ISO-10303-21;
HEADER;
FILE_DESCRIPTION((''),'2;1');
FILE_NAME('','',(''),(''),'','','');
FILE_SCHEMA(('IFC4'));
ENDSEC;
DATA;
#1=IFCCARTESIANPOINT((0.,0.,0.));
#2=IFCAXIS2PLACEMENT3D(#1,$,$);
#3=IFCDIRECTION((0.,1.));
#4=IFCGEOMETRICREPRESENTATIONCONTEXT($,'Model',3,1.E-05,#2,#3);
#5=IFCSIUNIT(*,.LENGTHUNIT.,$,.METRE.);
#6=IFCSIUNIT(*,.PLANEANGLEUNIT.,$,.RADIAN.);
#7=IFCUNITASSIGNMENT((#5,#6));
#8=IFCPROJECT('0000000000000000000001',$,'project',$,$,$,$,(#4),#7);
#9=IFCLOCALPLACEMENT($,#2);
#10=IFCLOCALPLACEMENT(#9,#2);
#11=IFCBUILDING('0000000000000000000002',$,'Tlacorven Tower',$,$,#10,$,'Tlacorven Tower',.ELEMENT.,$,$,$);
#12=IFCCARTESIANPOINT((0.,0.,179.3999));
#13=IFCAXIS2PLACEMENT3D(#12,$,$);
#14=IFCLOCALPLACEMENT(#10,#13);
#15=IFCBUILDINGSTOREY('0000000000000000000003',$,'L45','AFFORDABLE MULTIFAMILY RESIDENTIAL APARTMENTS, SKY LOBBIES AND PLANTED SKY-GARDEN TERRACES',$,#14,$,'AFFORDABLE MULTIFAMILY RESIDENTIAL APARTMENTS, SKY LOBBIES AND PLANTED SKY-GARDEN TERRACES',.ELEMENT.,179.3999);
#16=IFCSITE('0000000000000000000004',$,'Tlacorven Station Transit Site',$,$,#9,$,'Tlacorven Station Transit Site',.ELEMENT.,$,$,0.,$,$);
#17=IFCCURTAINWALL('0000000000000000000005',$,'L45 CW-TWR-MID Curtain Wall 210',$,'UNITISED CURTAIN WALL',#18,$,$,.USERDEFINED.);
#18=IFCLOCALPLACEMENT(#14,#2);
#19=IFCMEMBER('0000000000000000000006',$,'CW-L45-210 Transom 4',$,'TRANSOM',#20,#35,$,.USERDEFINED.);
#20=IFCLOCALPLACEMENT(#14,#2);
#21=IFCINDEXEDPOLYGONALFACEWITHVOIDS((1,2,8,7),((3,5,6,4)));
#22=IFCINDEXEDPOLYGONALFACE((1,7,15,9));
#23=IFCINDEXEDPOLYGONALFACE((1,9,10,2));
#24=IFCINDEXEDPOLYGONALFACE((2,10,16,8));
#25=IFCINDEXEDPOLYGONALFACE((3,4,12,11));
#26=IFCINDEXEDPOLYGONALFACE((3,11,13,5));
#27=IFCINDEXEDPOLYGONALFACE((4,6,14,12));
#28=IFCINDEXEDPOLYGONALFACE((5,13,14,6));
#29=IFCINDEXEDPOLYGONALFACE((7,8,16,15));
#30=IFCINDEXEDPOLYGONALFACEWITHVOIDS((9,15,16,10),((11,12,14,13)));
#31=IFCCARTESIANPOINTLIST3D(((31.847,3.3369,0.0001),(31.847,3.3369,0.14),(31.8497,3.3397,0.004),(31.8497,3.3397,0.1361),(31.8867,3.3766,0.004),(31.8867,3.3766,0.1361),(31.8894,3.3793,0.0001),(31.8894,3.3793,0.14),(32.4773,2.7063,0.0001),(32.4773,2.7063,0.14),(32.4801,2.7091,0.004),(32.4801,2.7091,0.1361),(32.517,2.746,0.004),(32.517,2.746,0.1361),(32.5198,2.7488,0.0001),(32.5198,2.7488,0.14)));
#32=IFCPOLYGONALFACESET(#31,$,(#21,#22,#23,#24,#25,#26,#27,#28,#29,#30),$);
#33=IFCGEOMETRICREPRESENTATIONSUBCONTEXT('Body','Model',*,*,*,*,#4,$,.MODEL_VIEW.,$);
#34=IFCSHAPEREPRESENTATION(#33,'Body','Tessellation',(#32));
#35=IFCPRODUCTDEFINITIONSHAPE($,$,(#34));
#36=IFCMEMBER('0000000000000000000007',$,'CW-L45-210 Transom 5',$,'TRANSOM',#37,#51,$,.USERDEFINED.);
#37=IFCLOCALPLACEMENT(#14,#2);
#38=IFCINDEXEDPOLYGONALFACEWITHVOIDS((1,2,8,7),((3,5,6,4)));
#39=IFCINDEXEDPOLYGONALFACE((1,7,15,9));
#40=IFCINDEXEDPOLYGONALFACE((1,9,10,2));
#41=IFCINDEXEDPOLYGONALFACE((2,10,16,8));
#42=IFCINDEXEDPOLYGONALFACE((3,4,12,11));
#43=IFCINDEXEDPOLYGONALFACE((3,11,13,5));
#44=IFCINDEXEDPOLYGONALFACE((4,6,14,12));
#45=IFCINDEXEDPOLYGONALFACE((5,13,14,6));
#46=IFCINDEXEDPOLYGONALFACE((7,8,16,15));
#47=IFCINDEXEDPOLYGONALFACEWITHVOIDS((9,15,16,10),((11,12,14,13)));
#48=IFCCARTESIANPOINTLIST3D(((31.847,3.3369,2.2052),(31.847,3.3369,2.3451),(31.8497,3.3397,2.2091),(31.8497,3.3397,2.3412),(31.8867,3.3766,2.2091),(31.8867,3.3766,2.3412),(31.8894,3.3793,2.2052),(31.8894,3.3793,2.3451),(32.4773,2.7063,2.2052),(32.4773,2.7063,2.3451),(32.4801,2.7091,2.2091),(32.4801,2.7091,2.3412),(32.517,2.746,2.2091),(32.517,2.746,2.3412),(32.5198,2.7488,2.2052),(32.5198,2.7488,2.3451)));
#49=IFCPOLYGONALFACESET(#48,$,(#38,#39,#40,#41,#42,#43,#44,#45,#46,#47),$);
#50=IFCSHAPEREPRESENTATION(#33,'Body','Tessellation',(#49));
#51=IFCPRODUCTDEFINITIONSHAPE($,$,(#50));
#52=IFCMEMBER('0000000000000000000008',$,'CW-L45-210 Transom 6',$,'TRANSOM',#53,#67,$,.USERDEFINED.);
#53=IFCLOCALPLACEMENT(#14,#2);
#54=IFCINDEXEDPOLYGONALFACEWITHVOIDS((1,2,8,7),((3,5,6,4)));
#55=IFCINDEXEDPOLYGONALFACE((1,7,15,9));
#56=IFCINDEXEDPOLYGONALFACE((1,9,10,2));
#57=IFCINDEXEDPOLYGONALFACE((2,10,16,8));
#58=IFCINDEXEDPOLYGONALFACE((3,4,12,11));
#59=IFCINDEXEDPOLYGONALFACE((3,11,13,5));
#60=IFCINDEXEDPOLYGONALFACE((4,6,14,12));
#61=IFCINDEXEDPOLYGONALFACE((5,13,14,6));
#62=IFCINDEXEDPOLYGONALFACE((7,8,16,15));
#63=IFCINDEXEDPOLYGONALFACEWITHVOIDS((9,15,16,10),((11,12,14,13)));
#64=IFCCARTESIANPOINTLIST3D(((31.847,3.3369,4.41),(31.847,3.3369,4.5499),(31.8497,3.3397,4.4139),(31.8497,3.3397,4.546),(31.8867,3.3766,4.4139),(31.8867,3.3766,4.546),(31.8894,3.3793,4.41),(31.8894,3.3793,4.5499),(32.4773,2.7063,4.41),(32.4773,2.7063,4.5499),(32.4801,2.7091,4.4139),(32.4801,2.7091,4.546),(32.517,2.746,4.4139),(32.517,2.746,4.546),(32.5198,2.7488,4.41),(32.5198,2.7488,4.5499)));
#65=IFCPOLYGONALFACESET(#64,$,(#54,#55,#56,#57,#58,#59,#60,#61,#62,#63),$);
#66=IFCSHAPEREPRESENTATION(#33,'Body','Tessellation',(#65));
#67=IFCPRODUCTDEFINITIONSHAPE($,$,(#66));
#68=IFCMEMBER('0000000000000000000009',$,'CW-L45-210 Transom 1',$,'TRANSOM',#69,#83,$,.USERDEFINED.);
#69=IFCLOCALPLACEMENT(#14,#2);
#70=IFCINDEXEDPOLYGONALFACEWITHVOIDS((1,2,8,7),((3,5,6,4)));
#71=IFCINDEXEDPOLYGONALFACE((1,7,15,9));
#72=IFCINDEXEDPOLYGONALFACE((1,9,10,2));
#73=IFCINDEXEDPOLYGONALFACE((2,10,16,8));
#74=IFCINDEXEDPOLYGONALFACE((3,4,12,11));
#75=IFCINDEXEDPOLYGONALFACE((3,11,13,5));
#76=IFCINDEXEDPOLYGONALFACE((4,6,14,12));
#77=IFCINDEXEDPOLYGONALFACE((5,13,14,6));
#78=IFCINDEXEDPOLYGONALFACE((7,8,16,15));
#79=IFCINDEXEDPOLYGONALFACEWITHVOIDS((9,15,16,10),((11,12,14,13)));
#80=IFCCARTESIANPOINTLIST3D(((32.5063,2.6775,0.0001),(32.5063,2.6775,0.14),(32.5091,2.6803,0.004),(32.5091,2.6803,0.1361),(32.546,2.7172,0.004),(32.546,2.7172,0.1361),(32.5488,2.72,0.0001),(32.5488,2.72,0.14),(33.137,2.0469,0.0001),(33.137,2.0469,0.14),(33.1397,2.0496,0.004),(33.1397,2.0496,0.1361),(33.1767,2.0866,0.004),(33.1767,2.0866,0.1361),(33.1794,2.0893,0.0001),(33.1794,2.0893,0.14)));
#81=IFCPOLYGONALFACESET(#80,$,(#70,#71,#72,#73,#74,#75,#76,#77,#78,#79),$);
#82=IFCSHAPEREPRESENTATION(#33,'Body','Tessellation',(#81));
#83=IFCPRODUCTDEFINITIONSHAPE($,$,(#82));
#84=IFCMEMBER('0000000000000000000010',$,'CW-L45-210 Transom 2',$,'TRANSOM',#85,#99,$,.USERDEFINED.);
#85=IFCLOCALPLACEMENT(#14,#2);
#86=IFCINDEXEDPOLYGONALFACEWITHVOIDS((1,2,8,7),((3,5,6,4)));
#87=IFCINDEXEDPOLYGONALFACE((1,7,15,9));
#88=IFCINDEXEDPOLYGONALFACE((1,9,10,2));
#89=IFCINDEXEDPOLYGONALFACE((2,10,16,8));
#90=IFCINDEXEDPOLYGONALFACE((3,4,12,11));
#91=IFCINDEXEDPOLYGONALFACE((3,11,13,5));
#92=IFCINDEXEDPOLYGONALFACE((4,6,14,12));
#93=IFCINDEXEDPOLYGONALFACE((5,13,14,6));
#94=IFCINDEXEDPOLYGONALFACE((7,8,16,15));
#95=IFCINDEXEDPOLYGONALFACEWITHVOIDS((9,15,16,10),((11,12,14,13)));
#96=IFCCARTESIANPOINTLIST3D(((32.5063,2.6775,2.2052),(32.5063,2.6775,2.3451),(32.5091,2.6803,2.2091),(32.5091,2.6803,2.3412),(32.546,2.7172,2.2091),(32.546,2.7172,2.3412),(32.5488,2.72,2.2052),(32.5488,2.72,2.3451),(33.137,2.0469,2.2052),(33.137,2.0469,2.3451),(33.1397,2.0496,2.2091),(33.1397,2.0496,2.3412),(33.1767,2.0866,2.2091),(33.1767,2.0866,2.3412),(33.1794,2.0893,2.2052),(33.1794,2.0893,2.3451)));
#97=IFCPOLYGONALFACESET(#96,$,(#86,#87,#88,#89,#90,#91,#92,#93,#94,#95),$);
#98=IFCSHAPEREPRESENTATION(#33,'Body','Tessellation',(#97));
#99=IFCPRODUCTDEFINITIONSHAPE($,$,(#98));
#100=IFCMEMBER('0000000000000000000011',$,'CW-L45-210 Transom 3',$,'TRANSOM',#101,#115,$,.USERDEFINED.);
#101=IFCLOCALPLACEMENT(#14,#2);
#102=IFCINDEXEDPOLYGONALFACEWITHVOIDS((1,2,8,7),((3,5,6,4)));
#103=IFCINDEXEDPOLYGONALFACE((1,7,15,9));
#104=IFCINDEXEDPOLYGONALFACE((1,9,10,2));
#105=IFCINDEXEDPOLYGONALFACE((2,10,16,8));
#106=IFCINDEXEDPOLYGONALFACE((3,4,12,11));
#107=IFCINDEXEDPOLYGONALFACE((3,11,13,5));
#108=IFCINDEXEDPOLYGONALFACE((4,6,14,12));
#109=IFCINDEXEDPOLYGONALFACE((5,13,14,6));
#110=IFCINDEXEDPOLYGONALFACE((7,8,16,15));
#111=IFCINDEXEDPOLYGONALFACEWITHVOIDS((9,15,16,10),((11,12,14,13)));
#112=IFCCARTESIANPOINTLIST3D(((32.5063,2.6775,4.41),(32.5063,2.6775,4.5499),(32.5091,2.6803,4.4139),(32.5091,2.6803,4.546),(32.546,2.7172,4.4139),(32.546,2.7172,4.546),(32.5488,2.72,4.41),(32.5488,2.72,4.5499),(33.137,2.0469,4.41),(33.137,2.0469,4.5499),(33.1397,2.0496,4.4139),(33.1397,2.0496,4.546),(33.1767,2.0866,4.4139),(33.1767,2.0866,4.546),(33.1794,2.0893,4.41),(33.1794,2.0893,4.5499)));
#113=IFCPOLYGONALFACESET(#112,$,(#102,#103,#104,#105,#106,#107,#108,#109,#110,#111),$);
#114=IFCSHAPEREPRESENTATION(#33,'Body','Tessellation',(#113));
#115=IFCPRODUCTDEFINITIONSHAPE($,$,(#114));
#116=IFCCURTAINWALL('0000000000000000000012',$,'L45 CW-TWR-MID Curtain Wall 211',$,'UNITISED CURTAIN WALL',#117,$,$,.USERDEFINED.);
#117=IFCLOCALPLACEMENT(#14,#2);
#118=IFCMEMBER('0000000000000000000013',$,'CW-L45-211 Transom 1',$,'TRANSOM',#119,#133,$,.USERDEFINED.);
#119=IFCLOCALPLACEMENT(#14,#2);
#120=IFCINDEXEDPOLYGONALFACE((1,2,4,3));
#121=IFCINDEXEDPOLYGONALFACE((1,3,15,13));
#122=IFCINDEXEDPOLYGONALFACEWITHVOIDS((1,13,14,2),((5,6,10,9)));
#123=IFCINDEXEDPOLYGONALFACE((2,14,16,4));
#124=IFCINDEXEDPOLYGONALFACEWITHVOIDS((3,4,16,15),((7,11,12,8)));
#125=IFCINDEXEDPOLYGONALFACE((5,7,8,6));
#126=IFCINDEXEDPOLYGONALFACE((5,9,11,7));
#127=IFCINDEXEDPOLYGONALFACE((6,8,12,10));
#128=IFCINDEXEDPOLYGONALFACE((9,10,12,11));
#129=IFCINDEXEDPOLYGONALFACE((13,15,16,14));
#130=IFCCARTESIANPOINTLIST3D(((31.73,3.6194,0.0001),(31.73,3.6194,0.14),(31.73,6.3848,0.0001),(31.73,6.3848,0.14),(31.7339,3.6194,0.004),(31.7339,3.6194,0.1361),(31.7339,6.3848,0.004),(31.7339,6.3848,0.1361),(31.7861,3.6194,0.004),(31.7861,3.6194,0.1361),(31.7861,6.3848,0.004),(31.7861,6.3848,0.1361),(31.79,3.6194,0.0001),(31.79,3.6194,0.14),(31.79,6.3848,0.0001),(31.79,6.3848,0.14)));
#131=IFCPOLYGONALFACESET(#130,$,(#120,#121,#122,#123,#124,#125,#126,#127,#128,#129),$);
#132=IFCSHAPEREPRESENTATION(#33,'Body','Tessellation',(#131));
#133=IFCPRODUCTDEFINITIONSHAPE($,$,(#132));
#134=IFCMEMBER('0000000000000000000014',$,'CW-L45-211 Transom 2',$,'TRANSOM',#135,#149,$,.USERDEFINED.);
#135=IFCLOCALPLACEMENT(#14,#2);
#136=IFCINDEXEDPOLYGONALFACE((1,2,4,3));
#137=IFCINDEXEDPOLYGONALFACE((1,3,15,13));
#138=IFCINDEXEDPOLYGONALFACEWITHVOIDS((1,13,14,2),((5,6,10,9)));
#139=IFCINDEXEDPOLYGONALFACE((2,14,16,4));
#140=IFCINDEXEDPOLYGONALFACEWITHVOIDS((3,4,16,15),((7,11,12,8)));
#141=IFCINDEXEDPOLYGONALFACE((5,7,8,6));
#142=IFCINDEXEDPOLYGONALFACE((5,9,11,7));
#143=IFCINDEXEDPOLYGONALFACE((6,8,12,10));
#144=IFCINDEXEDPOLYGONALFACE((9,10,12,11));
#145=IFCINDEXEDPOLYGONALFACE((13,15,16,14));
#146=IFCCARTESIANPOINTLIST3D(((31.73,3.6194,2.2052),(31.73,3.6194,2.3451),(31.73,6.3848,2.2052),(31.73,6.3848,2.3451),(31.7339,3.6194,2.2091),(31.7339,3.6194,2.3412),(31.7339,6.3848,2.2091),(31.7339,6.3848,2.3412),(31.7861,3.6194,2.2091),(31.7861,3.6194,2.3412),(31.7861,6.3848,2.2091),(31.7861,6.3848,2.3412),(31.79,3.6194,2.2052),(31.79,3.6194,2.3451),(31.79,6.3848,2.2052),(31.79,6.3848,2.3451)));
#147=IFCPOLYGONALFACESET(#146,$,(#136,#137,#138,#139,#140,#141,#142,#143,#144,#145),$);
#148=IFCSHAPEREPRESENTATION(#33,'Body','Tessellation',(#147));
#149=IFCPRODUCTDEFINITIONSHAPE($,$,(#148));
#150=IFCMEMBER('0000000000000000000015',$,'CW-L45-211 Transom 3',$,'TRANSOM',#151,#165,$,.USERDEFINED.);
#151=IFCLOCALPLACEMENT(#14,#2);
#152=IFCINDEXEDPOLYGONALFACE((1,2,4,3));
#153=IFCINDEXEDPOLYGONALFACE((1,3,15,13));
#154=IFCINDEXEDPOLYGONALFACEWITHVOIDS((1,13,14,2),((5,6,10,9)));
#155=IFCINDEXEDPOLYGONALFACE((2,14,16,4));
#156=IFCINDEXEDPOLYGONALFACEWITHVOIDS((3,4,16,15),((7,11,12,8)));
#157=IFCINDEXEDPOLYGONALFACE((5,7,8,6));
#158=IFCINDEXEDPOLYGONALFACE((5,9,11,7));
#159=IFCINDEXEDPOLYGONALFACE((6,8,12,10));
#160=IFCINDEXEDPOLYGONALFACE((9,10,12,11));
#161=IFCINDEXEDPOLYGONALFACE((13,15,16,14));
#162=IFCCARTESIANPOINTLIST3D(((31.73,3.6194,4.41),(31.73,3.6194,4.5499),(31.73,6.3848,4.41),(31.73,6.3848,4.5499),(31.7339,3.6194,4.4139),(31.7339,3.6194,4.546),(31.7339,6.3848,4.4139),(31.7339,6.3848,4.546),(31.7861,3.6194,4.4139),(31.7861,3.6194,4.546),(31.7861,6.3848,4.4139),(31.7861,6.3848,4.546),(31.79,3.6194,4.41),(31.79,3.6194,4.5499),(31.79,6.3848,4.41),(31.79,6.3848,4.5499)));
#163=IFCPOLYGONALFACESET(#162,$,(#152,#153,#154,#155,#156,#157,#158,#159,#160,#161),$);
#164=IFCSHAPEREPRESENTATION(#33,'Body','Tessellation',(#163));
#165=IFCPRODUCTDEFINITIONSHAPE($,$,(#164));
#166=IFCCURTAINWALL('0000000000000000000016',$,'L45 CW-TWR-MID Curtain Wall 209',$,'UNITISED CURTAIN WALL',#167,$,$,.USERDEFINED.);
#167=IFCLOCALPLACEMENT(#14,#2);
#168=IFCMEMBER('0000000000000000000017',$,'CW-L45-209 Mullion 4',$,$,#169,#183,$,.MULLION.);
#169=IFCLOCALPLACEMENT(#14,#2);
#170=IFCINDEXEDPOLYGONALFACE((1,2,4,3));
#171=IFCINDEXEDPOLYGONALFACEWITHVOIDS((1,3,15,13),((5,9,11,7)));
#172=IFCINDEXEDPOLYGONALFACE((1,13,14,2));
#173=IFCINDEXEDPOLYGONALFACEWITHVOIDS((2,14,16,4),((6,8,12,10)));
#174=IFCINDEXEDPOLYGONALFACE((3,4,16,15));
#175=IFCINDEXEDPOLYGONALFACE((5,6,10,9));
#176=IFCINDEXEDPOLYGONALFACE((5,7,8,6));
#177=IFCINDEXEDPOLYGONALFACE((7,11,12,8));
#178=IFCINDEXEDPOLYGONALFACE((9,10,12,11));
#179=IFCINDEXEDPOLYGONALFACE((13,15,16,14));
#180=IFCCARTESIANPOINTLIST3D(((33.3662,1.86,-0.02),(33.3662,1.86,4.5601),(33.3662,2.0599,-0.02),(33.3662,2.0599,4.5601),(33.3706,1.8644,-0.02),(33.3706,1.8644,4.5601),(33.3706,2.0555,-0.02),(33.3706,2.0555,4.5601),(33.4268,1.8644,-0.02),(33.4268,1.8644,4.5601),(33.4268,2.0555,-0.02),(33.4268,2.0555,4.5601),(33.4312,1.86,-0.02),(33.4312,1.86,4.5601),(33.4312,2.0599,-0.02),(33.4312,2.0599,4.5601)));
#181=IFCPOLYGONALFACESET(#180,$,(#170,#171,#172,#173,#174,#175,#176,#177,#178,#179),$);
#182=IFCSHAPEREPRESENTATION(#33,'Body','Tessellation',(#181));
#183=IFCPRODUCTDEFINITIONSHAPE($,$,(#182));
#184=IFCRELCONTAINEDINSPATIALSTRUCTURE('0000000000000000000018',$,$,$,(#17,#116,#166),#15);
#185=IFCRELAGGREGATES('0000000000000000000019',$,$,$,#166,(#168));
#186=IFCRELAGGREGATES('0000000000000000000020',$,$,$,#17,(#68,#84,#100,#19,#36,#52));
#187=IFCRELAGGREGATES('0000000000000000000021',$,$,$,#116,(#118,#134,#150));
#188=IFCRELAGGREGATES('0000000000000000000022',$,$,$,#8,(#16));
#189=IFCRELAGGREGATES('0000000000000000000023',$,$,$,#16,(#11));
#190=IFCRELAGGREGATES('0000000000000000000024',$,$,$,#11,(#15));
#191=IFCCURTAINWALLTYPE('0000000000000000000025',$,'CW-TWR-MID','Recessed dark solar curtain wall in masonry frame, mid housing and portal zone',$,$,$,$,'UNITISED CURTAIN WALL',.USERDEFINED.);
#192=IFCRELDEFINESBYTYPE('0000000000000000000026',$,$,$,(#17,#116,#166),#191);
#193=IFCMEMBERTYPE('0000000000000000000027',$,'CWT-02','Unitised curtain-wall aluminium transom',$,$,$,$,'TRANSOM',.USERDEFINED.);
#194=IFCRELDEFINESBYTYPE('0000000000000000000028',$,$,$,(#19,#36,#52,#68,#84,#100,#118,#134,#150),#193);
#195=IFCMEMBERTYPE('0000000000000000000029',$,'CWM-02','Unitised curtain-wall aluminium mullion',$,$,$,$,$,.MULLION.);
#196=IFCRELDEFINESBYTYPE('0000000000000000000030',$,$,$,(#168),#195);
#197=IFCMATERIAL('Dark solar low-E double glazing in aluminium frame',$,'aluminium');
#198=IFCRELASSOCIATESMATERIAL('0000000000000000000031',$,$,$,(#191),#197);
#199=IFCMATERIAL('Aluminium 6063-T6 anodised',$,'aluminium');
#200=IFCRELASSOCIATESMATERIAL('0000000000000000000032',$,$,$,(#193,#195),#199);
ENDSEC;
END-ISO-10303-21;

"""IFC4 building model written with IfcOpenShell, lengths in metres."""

from ifc_helpers import new_model, si_unit, direction, frame, origin, origin_2d, place, context, subcontext, project, spatial, hollow_rectangle, extrude, source, transform, mapped, material, material_profile, profile_set, type_object, element, aggregate, save


model = new_model("IFC4")

# Units and contexts
model_context = context("Model", 3, precision=1e-05, world=origin(), true_north=direction((0.0, 1.0)))
body_context = subcontext(model_context, "Body", "Model", "MODEL_VIEW")
ifc_project = project(units=[si_unit("LENGTHUNIT", "METRE"), si_unit("PLANEANGLEUNIT", "RADIAN")], contexts=[model_context])

# Site, building, storey
site_placement = place(None, origin())
site = spatial("IfcSite", under=ifc_project, at=site_placement, Name="Tlacorven Station Transit Site", LongName="Tlacorven Station Transit Site", CompositionType="ELEMENT", RefElevation=0.0)
building_placement = place(site_placement, origin())
building = spatial("IfcBuilding", under=site, at=building_placement, Name="Tlacorven Tower", LongName="Tlacorven Tower", CompositionType="ELEMENT")
storey_placement = place(building_placement, frame((0.0, 0.0, 179.3999)))
storey = spatial("IfcBuildingStorey", under=building, at=storey_placement, Name="L45", Description="AFFORDABLE MULTIFAMILY RESIDENTIAL APARTMENTS, SKY LOBBIES AND PLANTED SKY-GARDEN TERRACES", LongName="AFFORDABLE MULTIFAMILY RESIDENTIAL APARTMENTS, SKY LOBBIES AND PLANTED SKY-GARDEN TERRACES", CompositionType="ELEMENT", Elevation=179.3999)

# Curtain walls, members
ifc_material_1 = material(Name="Dark solar low-E double glazing in aluminium frame", Category="aluminium")
curtain_wall_type = type_object("IfcCurtainWallType", Name="CW-TWR-MID", Description="Recessed dark solar curtain wall in masonry frame, mid housing and portal zone", ElementType="UNITISED CURTAIN WALL", PredefinedType="USERDEFINED", material=ifc_material_1)
curtain_wall_1_placement = place(storey_placement, origin())
curtain_wall_1 = element("IfcCurtainWall", 1, at=curtain_wall_1_placement, inside=storey, type_object=curtain_wall_type, Name="L45 CW-TWR-MID Curtain Wall 210", ObjectType="UNITISED CURTAIN WALL", PredefinedType="USERDEFINED")
ifc_material_2 = material(Name="Aluminium 6063-T6 anodised", Category="aluminium")
ifc_material_profile_1 = material_profile(ifc_material_2, hollow_rectangle(XDim=0.0601, YDim=0.1399, WallThickness=0.0039, at=origin_2d()), Name="ALU TRANSOM 60X140")
ifc_profile_set_1 = profile_set([ifc_material_profile_1], Name="Aluminium 6063-T6 anodised")
member_type_1 = type_object("IfcMemberType", Name="CWT-02", Description="Unitised curtain-wall aluminium transom", ElementType="TRANSOM", PredefinedType="USERDEFINED", material=ifc_profile_set_1)
shared_shape_1 = source(origin(), body_context, "Body", "SweptSolid", [
    extrude(hollow_rectangle(XDim=0.0601, YDim=0.1399, WallThickness=0.0039, at=origin_2d()), origin(), (0.0, 0.0, 1.0), 0.8916),
])
member_1_placement = place(storey_placement, frame((32.4985, 2.7275, 0.0701), z_axis=(-0.70697, 0.707244, 0.0), x_axis=(-0.707244, -0.70697, 0.0)))
member_1 = element("IfcMember", 2, at=member_1_placement, type_object=member_type_1, Name="CW-L45-210 Transom 4", ObjectType="TRANSOM", PredefinedType="USERDEFINED", context=body_context, shape_type="MappedRepresentation", body=[
    mapped(shared_shape_1, transform((0.0, 0.0, 0.0), scale=1.0)),
])
member_2_placement = place(storey_placement, frame((32.4985, 2.7275, 2.2751), z_axis=(-0.70697, 0.707244, 0.0), x_axis=(-0.707244, -0.70697, 0.0)))
member_2 = element("IfcMember", 3, at=member_2_placement, type_object=member_type_1, Name="CW-L45-210 Transom 5", ObjectType="TRANSOM", PredefinedType="USERDEFINED", context=body_context, shape_type="MappedRepresentation", body=[
    mapped(shared_shape_1, transform((0.0, 0.0, 0.0), scale=1.0)),
])
member_3_placement = place(storey_placement, frame((32.4985, 2.7275, 4.48), z_axis=(-0.70697, 0.707244, 0.0), x_axis=(-0.707244, -0.70697, 0.0)))
member_3 = element("IfcMember", 4, at=member_3_placement, type_object=member_type_1, Name="CW-L45-210 Transom 6", ObjectType="TRANSOM", PredefinedType="USERDEFINED", context=body_context, shape_type="MappedRepresentation", body=[
    mapped(shared_shape_1, transform((0.0, 0.0, 0.0), scale=1.0)),
])
shared_shape_2 = source(origin(), body_context, "Body", "SweptSolid", [
    extrude(hollow_rectangle(XDim=0.0601, YDim=0.1399, WallThickness=0.0039, at=origin_2d()), origin(), (0.0, 0.0, 1.0), 0.8918),
])
member_4_placement = place(storey_placement, frame((33.1582, 2.0681, 0.0701), z_axis=(-0.707107, 0.707107, 0.0), x_axis=(-0.707107, -0.707107, 0.0)))
member_4 = element("IfcMember", 5, at=member_4_placement, type_object=member_type_1, Name="CW-L45-210 Transom 1", ObjectType="TRANSOM", PredefinedType="USERDEFINED", context=body_context, shape_type="MappedRepresentation", body=[
    mapped(shared_shape_2, transform((0.0, 0.0, 0.0), scale=1.0)),
])
member_5_placement = place(storey_placement, frame((33.1582, 2.0681, 2.2751), z_axis=(-0.707107, 0.707107, 0.0), x_axis=(-0.707107, -0.707107, 0.0)))
member_5 = element("IfcMember", 6, at=member_5_placement, type_object=member_type_1, Name="CW-L45-210 Transom 2", ObjectType="TRANSOM", PredefinedType="USERDEFINED", context=body_context, shape_type="MappedRepresentation", body=[
    mapped(shared_shape_2, transform((0.0, 0.0, 0.0), scale=1.0)),
])
member_6_placement = place(storey_placement, frame((33.1582, 2.0681, 4.48), z_axis=(-0.707107, 0.707107, 0.0), x_axis=(-0.707107, -0.707107, 0.0)))
member_6 = element("IfcMember", 7, at=member_6_placement, type_object=member_type_1, Name="CW-L45-210 Transom 3", ObjectType="TRANSOM", PredefinedType="USERDEFINED", context=body_context, shape_type="MappedRepresentation", body=[
    mapped(shared_shape_2, transform((0.0, 0.0, 0.0), scale=1.0)),
])
curtain_wall_2_placement = place(storey_placement, origin())
curtain_wall_2 = element("IfcCurtainWall", 8, at=curtain_wall_2_placement, inside=storey, type_object=curtain_wall_type, Name="L45 CW-TWR-MID Curtain Wall 211", ObjectType="UNITISED CURTAIN WALL", PredefinedType="USERDEFINED")
shared_shape_3 = source(origin(), body_context, "Body", "SweptSolid", [
    extrude(hollow_rectangle(XDim=0.0601, YDim=0.1399, WallThickness=0.0039, at=origin_2d()), origin(), (0.0, 0.0, 1.0), 2.7654),
])
member_7_placement = place(storey_placement, frame((31.76, 3.6194, 0.0701), z_axis=(0.0, 1.0, 0.0), x_axis=(-1.0, 0.0, 0.0)))
member_7 = element("IfcMember", 9, at=member_7_placement, type_object=member_type_1, Name="CW-L45-211 Transom 1", ObjectType="TRANSOM", PredefinedType="USERDEFINED", context=body_context, shape_type="MappedRepresentation", body=[
    mapped(shared_shape_3, transform((0.0, 0.0, 0.0), scale=1.0)),
])
member_8_placement = place(storey_placement, frame((31.76, 3.6194, 2.2751), z_axis=(0.0, 1.0, 0.0), x_axis=(-1.0, 0.0, 0.0)))
member_8 = element("IfcMember", 10, at=member_8_placement, type_object=member_type_1, Name="CW-L45-211 Transom 2", ObjectType="TRANSOM", PredefinedType="USERDEFINED", context=body_context, shape_type="MappedRepresentation", body=[
    mapped(shared_shape_3, transform((0.0, 0.0, 0.0), scale=1.0)),
])
member_9_placement = place(storey_placement, frame((31.76, 3.6194, 4.48), z_axis=(0.0, 1.0, 0.0), x_axis=(-1.0, 0.0, 0.0)))
member_9 = element("IfcMember", 11, at=member_9_placement, type_object=member_type_1, Name="CW-L45-211 Transom 3", ObjectType="TRANSOM", PredefinedType="USERDEFINED", context=body_context, shape_type="MappedRepresentation", body=[
    mapped(shared_shape_3, transform((0.0, 0.0, 0.0), scale=1.0)),
])

# Curtain wall, member
curtain_wall_3_placement = place(storey_placement, origin())
curtain_wall_3 = element("IfcCurtainWall", 12, at=curtain_wall_3_placement, inside=storey, type_object=curtain_wall_type, Name="L45 CW-TWR-MID Curtain Wall 209", ObjectType="UNITISED CURTAIN WALL", PredefinedType="USERDEFINED")
ifc_material_profile_2 = material_profile(ifc_material_2, hollow_rectangle(XDim=0.0649, YDim=0.2, WallThickness=0.0044, at=origin_2d()), Name="ALU MULLION 65X200")
ifc_profile_set_2 = profile_set([ifc_material_profile_2], Name="Aluminium 6063-T6 anodised")
member_type_2 = type_object("IfcMemberType", Name="CWM-02", Description="Unitised curtain-wall aluminium mullion", PredefinedType="MULLION", material=ifc_profile_set_2)
shared_shape_4 = source(origin(), body_context, "Body", "SweptSolid", [
    extrude(hollow_rectangle(XDim=0.0649, YDim=0.2, WallThickness=0.0044, at=origin_2d()), origin(), (0.0, 0.0, 1.0), 4.5801),
])
member_10_placement = place(storey_placement, frame((33.3987, 1.96, -0.02), z_axis=(0.0, 0.0, 1.0), x_axis=(-1.0, 0.0, 0.0)))
member_10 = element("IfcMember", 13, at=member_10_placement, type_object=member_type_2, Name="CW-L45-209 Mullion 4", PredefinedType="MULLION", context=body_context, shape_type="MappedRepresentation", body=[
    mapped(shared_shape_4, transform((0.0, 0.0, 0.0), scale=1.0)),
])
aggregate(curtain_wall_3, [member_10])

aggregate(curtain_wall_1, [member_4, member_5, member_6, member_1, member_2, member_3])
aggregate(curtain_wall_2, [member_7, member_8, member_9])

save(model, "model.ifc")
